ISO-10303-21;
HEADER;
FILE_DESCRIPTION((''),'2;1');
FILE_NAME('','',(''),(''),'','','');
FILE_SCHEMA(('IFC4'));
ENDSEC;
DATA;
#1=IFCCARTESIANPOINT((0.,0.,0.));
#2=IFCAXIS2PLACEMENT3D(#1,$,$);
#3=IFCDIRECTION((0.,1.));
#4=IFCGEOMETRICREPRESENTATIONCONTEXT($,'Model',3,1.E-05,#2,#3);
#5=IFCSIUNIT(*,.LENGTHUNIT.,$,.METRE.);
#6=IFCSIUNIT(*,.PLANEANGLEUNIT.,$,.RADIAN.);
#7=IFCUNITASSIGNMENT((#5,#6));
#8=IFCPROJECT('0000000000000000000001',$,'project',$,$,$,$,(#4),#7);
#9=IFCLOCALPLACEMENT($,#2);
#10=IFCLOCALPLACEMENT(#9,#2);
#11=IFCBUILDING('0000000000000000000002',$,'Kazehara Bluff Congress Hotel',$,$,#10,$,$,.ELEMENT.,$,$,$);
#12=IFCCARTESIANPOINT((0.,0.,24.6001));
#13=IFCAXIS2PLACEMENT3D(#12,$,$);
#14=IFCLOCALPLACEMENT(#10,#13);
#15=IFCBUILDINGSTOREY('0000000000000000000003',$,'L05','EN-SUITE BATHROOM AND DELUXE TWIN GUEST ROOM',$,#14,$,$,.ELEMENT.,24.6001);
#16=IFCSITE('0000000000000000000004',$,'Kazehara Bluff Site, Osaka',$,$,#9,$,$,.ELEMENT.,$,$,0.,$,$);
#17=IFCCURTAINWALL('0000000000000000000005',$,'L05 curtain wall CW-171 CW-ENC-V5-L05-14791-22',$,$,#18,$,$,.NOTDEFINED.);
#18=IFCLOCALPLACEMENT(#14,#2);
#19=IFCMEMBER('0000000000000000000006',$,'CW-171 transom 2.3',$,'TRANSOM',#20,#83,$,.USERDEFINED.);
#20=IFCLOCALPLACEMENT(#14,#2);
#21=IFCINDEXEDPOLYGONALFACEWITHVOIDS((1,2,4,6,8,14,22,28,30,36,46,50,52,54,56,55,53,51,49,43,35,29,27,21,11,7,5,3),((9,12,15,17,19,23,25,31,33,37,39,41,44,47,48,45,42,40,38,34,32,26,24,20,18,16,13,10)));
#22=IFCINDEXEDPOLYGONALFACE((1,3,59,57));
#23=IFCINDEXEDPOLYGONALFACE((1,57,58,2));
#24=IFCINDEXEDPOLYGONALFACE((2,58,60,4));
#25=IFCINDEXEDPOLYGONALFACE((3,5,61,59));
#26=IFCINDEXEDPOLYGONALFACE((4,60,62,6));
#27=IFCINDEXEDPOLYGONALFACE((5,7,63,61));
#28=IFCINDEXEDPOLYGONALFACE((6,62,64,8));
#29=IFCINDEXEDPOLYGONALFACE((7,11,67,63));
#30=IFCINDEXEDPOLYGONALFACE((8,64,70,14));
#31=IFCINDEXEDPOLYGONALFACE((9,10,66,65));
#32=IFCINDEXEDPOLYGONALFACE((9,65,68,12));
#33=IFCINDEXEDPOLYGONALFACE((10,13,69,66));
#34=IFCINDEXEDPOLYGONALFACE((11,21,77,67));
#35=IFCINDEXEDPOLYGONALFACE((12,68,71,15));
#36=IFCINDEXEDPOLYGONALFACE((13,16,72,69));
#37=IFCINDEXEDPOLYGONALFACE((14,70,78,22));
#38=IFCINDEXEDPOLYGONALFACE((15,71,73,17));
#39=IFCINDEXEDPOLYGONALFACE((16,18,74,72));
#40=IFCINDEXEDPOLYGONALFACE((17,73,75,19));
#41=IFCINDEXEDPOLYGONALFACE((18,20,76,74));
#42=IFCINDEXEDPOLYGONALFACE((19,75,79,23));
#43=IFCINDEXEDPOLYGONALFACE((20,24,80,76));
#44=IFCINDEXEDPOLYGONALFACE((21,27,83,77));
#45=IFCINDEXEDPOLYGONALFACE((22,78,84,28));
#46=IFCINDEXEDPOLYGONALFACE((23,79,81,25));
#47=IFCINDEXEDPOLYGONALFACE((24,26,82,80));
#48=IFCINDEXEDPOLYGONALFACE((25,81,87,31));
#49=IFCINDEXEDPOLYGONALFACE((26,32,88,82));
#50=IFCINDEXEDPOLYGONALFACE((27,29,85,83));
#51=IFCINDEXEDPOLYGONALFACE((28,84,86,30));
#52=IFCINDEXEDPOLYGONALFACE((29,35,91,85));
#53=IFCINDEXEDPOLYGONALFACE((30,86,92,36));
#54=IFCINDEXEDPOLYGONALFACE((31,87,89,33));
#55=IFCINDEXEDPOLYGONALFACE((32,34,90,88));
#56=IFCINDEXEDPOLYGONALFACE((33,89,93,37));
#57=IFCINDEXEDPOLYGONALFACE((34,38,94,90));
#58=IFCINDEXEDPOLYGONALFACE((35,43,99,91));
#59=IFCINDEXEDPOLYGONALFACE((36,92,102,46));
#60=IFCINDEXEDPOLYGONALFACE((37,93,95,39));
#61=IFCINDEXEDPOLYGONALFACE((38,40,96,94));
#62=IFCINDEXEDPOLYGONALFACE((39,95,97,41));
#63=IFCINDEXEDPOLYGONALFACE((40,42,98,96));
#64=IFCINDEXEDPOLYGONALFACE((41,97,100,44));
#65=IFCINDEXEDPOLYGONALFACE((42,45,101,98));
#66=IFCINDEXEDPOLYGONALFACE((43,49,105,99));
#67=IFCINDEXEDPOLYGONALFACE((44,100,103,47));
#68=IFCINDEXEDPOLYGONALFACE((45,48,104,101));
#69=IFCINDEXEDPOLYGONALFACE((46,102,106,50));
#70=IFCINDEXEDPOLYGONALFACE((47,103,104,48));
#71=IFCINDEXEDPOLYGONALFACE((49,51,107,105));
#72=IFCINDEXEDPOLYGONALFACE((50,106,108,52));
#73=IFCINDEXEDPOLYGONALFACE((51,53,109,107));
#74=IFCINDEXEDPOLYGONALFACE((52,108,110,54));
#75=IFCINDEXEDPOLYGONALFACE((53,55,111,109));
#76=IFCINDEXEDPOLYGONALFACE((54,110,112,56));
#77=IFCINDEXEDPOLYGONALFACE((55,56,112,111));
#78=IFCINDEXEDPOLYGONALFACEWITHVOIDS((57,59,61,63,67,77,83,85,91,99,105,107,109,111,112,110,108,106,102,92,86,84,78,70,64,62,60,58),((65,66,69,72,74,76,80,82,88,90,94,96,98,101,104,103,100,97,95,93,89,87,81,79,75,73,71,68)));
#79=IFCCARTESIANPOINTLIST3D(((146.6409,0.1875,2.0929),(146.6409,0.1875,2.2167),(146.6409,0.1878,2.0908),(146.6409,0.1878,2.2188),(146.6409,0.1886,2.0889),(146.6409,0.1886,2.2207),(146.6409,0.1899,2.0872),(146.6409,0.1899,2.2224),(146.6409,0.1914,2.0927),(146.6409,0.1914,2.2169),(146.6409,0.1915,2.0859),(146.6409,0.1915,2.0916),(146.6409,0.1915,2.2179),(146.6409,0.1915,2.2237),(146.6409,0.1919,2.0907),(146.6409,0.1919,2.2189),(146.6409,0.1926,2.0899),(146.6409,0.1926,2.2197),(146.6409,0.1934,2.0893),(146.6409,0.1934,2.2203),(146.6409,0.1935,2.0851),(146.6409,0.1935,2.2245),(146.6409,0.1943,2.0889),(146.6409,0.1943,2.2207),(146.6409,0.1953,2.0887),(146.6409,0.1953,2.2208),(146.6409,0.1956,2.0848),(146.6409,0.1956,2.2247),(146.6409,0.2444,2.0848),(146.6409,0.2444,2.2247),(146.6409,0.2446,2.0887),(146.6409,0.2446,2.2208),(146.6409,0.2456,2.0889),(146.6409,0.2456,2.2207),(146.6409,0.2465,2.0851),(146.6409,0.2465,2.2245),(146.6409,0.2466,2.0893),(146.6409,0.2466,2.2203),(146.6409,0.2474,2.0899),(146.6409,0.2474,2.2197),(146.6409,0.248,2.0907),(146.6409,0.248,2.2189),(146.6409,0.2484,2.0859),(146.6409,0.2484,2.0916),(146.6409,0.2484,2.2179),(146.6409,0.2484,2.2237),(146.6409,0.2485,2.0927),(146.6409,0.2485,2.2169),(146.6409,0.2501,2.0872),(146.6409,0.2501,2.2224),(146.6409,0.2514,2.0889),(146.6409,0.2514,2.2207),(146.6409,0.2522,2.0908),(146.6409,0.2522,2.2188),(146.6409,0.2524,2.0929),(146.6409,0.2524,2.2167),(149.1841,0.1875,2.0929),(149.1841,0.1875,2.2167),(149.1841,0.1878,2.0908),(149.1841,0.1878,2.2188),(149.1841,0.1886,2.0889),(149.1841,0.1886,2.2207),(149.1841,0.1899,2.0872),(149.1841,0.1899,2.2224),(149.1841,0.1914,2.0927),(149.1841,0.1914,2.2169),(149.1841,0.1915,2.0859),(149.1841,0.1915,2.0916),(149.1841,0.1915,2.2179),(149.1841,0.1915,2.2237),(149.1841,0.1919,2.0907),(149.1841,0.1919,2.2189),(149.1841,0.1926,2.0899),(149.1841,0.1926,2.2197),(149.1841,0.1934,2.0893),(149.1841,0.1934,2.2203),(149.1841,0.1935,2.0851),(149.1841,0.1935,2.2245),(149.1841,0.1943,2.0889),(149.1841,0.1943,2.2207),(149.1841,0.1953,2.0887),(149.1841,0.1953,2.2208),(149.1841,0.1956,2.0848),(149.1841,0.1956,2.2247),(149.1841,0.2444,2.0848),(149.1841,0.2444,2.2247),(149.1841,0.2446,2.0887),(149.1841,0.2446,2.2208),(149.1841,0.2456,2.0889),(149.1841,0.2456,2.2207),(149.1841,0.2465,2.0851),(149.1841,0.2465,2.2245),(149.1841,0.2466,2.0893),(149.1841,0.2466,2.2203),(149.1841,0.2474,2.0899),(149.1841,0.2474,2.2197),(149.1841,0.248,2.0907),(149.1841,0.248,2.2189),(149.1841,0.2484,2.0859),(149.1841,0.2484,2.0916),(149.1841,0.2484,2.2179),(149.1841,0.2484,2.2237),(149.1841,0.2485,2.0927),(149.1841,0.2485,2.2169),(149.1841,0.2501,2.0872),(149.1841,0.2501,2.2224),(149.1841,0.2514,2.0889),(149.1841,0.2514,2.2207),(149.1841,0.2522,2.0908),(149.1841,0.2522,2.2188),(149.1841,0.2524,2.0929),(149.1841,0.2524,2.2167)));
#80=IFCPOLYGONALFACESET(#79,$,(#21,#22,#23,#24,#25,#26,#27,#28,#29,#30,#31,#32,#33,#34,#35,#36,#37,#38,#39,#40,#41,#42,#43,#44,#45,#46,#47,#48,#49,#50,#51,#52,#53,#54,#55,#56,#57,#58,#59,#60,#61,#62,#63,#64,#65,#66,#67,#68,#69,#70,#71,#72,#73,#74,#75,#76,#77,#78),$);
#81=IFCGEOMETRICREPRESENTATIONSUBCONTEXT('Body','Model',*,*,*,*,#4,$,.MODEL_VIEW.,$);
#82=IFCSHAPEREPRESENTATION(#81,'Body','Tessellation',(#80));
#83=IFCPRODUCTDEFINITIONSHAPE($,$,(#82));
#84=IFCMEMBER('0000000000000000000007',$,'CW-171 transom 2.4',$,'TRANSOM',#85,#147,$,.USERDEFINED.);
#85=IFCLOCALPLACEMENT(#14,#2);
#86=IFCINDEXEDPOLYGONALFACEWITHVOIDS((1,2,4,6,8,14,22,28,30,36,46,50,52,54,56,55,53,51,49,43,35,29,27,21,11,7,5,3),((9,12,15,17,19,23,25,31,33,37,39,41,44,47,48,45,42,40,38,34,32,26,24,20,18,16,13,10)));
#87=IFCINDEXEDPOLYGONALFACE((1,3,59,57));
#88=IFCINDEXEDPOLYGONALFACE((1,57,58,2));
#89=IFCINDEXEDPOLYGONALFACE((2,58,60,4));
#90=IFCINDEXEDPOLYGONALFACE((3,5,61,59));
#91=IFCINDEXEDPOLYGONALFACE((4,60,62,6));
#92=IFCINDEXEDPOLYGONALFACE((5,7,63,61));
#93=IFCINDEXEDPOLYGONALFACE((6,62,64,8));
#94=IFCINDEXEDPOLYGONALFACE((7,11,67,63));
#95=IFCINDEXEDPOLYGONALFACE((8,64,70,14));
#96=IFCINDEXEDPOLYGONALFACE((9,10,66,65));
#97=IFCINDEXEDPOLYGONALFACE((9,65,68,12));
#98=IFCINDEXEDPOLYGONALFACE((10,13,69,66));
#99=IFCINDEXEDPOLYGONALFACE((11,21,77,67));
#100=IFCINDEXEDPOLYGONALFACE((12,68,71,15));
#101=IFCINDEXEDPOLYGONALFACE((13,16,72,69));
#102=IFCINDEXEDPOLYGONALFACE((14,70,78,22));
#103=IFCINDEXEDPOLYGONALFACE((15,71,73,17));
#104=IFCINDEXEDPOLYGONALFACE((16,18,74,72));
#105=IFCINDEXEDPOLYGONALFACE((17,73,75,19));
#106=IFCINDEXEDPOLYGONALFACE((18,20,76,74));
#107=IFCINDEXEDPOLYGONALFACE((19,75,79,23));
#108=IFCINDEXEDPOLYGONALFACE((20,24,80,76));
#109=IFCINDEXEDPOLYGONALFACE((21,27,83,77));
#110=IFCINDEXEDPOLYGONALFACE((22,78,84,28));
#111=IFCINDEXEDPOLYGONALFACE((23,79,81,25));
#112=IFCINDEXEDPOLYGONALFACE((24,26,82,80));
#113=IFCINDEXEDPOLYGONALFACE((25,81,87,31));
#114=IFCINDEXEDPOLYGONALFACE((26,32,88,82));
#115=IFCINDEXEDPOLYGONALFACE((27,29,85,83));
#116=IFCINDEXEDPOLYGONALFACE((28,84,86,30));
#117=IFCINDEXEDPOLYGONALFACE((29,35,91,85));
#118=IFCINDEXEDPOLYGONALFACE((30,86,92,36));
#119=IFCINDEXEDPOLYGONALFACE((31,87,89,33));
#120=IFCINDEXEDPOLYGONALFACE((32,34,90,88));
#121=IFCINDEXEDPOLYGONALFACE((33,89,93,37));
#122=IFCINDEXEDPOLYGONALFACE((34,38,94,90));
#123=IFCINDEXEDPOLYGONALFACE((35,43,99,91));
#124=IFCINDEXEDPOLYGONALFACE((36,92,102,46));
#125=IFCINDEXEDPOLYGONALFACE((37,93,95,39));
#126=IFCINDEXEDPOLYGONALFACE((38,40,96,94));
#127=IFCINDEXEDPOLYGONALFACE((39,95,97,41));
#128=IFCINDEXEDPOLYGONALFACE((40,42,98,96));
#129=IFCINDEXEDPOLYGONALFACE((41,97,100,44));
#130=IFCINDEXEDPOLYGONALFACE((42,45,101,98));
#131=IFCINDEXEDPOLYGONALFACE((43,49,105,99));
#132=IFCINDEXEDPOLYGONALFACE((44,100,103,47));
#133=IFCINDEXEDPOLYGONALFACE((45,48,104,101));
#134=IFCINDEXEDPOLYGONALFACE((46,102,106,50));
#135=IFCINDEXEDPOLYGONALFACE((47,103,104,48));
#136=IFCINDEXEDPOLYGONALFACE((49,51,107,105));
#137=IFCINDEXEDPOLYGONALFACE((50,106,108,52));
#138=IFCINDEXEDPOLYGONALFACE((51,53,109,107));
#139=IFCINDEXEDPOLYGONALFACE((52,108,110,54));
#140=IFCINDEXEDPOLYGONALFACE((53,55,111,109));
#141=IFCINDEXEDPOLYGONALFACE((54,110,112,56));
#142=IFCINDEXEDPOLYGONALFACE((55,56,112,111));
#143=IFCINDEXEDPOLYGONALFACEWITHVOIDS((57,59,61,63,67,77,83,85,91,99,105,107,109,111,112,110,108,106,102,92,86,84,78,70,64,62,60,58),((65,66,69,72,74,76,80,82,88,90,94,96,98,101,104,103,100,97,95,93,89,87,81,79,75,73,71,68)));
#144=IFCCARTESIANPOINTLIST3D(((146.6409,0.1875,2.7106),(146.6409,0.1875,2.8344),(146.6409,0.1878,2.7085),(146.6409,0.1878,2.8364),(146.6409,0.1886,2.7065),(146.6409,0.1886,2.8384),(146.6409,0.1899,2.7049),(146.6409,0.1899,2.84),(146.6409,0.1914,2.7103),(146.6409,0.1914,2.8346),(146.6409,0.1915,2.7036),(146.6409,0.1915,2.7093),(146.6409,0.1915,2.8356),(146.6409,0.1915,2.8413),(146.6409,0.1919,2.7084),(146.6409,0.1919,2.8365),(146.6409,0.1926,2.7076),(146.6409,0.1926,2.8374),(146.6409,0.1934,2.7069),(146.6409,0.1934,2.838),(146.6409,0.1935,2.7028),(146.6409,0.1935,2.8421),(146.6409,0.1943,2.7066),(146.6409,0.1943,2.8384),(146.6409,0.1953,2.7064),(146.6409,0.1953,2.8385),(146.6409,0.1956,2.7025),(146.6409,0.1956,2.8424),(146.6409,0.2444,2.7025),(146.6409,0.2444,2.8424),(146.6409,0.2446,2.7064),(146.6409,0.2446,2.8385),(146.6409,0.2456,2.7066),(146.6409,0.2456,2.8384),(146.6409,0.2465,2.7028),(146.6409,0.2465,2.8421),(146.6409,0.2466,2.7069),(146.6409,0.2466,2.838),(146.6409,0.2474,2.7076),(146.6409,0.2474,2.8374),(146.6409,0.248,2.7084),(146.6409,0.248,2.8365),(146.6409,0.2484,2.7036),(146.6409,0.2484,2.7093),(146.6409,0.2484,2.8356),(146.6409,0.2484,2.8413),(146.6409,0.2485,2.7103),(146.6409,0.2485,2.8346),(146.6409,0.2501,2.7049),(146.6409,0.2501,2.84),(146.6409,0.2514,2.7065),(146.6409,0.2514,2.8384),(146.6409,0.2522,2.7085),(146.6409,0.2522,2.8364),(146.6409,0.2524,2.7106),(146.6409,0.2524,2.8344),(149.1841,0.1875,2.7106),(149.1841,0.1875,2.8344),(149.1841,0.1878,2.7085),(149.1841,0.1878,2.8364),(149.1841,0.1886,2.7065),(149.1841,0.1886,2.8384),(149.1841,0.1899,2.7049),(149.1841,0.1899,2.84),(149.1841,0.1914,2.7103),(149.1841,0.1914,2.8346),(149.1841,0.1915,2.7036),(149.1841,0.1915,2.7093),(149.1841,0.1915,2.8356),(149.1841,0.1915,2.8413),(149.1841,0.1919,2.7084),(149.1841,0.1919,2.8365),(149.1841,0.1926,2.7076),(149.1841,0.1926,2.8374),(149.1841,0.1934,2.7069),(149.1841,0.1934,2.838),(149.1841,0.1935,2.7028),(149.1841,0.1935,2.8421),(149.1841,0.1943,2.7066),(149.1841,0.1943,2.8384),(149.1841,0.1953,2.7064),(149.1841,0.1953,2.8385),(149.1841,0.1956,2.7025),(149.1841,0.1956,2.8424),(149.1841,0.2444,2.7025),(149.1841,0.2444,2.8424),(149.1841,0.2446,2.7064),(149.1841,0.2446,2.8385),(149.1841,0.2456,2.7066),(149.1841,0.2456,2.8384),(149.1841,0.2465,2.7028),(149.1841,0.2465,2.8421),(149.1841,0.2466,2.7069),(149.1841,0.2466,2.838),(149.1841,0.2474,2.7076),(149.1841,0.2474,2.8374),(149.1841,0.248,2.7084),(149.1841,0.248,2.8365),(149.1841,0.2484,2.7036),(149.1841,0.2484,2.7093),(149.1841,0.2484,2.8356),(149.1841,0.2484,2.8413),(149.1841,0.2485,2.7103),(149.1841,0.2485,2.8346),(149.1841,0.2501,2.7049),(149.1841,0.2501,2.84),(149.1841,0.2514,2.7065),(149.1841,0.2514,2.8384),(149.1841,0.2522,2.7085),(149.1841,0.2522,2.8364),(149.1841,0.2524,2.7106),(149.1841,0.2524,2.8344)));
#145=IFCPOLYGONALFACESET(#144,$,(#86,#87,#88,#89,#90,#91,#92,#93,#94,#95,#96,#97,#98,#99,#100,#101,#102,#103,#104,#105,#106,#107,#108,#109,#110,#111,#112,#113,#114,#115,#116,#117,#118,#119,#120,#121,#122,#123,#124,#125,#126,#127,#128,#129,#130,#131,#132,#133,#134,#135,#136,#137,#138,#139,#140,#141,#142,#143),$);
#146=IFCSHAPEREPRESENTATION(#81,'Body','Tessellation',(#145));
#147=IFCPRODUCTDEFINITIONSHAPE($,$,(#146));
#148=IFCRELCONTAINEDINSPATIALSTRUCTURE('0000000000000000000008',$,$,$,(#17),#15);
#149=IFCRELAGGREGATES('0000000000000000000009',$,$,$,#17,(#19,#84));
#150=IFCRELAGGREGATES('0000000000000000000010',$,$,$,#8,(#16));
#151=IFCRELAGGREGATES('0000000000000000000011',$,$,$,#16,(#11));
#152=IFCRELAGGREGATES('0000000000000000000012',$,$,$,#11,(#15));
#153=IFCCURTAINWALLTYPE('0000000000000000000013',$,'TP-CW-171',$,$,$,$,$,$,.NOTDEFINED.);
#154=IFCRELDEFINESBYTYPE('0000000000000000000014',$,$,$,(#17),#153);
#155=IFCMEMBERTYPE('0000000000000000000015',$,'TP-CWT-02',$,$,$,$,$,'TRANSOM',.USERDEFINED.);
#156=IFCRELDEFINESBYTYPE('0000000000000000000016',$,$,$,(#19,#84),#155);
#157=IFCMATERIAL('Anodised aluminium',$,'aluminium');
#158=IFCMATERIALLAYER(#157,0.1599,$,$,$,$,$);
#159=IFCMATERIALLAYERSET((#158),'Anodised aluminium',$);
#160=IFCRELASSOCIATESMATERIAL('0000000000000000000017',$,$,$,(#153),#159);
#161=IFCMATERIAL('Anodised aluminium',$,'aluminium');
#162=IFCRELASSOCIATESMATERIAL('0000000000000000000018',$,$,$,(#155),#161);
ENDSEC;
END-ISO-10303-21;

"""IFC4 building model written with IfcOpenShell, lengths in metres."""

from ifc_helpers import new_model, si_unit, direction, frame, origin, origin_2d, place, context, subcontext, project, spatial, hollow_rectangle, extrude, material, layer, layer_set, material_profile, profile_set, type_object, element, aggregate, save


model = new_model("IFC4")

# Units and contexts
model_context = context("Model", 3, precision=1e-05, world=origin(), true_north=direction((0.0, 1.0)))
body_context = subcontext(model_context, "Body", "Model", "MODEL_VIEW")
ifc_project = project(units=[si_unit("LENGTHUNIT", "METRE"), si_unit("PLANEANGLEUNIT", "RADIAN")], contexts=[model_context])

# Site, building, storey
site_placement = place(None, origin())
site = spatial("IfcSite", under=ifc_project, at=site_placement, Name="Kazehara Bluff Site, Osaka", CompositionType="ELEMENT", RefElevation=0.0)
building_placement = place(site_placement, origin())
building = spatial("IfcBuilding", under=site, at=building_placement, Name="Kazehara Bluff Congress Hotel", CompositionType="ELEMENT")
storey_placement = place(building_placement, frame((0.0, 0.0, 24.6001)))
storey = spatial("IfcBuildingStorey", under=building, at=storey_placement, Name="L05", Description="EN-SUITE BATHROOM AND DELUXE TWIN GUEST ROOM", CompositionType="ELEMENT", Elevation=24.6001)

# Curtain wall, members
ifc_material_1 = material(Name="Anodised aluminium", Category="aluminium")
ifc_layer_1 = layer(ifc_material_1, 0.1599)
ifc_layer_set_1 = layer_set([ifc_layer_1], Name="Anodised aluminium")
curtain_wall_type = type_object("IfcCurtainWallType", Name="TP-CW-171", PredefinedType="NOTDEFINED", material=ifc_layer_set_1)
curtain_wall_placement = place(storey_placement, origin())
curtain_wall = element("IfcCurtainWall", 1, at=curtain_wall_placement, inside=storey, type_object=curtain_wall_type, Name="L05 curtain wall CW-171 CW-ENC-V5-L05-14791-22", PredefinedType="NOTDEFINED")
ifc_material_2 = material(Name="Anodised aluminium", Category="aluminium")
ifc_material_profile_1 = material_profile(ifc_material_2, hollow_rectangle(XDim=0.0649, YDim=0.1399, WallThickness=0.0039, InnerFilletRadius=0.0039, OuterFilletRadius=0.0081, at=origin_2d()))
ifc_profile_set_1 = profile_set([ifc_material_profile_1], Name="Anodised aluminium")
member_type_1 = type_object("IfcMemberType", Name="TP-CWT-02", ElementType="TRANSOM", PredefinedType="USERDEFINED", material=ifc_profile_set_1)
member_1_placement = place(storey_placement, frame((149.1841, 0.22, 2.1548), z_axis=(-1.0, 0.0, 0.0), x_axis=(0.0, -1.0, 0.0)))
member_1 = element("IfcMember", 2, at=member_1_placement, type_object=member_type_1, Name="CW-171 transom 2.3", ObjectType="TRANSOM", PredefinedType="USERDEFINED", context=body_context, shape_type="SweptSolid", body=[
    extrude(hollow_rectangle(XDim=0.0649, YDim=0.1399, WallThickness=0.0039, InnerFilletRadius=0.0039, OuterFilletRadius=0.0081, at=origin_2d()), origin(), (0.0, 0.0, 1.0), 2.5432),
])
member_2_placement = place(storey_placement, frame((149.1841, 0.22, 2.7725), z_axis=(-1.0, 0.0, 0.0), x_axis=(0.0, -1.0, 0.0)))
member_2 = element("IfcMember", 3, at=member_2_placement, type_object=member_type_1, Name="CW-171 transom 2.4", ObjectType="TRANSOM", PredefinedType="USERDEFINED", context=body_context, shape_type="SweptSolid", body=[
    extrude(hollow_rectangle(XDim=0.0649, YDim=0.1399, WallThickness=0.0039, InnerFilletRadius=0.0039, OuterFilletRadius=0.0081, at=origin_2d()), origin(), (0.0, 0.0, 1.0), 2.5432),
])
aggregate(curtain_wall, [member_1, member_2])

save(model, "model.ifc")
